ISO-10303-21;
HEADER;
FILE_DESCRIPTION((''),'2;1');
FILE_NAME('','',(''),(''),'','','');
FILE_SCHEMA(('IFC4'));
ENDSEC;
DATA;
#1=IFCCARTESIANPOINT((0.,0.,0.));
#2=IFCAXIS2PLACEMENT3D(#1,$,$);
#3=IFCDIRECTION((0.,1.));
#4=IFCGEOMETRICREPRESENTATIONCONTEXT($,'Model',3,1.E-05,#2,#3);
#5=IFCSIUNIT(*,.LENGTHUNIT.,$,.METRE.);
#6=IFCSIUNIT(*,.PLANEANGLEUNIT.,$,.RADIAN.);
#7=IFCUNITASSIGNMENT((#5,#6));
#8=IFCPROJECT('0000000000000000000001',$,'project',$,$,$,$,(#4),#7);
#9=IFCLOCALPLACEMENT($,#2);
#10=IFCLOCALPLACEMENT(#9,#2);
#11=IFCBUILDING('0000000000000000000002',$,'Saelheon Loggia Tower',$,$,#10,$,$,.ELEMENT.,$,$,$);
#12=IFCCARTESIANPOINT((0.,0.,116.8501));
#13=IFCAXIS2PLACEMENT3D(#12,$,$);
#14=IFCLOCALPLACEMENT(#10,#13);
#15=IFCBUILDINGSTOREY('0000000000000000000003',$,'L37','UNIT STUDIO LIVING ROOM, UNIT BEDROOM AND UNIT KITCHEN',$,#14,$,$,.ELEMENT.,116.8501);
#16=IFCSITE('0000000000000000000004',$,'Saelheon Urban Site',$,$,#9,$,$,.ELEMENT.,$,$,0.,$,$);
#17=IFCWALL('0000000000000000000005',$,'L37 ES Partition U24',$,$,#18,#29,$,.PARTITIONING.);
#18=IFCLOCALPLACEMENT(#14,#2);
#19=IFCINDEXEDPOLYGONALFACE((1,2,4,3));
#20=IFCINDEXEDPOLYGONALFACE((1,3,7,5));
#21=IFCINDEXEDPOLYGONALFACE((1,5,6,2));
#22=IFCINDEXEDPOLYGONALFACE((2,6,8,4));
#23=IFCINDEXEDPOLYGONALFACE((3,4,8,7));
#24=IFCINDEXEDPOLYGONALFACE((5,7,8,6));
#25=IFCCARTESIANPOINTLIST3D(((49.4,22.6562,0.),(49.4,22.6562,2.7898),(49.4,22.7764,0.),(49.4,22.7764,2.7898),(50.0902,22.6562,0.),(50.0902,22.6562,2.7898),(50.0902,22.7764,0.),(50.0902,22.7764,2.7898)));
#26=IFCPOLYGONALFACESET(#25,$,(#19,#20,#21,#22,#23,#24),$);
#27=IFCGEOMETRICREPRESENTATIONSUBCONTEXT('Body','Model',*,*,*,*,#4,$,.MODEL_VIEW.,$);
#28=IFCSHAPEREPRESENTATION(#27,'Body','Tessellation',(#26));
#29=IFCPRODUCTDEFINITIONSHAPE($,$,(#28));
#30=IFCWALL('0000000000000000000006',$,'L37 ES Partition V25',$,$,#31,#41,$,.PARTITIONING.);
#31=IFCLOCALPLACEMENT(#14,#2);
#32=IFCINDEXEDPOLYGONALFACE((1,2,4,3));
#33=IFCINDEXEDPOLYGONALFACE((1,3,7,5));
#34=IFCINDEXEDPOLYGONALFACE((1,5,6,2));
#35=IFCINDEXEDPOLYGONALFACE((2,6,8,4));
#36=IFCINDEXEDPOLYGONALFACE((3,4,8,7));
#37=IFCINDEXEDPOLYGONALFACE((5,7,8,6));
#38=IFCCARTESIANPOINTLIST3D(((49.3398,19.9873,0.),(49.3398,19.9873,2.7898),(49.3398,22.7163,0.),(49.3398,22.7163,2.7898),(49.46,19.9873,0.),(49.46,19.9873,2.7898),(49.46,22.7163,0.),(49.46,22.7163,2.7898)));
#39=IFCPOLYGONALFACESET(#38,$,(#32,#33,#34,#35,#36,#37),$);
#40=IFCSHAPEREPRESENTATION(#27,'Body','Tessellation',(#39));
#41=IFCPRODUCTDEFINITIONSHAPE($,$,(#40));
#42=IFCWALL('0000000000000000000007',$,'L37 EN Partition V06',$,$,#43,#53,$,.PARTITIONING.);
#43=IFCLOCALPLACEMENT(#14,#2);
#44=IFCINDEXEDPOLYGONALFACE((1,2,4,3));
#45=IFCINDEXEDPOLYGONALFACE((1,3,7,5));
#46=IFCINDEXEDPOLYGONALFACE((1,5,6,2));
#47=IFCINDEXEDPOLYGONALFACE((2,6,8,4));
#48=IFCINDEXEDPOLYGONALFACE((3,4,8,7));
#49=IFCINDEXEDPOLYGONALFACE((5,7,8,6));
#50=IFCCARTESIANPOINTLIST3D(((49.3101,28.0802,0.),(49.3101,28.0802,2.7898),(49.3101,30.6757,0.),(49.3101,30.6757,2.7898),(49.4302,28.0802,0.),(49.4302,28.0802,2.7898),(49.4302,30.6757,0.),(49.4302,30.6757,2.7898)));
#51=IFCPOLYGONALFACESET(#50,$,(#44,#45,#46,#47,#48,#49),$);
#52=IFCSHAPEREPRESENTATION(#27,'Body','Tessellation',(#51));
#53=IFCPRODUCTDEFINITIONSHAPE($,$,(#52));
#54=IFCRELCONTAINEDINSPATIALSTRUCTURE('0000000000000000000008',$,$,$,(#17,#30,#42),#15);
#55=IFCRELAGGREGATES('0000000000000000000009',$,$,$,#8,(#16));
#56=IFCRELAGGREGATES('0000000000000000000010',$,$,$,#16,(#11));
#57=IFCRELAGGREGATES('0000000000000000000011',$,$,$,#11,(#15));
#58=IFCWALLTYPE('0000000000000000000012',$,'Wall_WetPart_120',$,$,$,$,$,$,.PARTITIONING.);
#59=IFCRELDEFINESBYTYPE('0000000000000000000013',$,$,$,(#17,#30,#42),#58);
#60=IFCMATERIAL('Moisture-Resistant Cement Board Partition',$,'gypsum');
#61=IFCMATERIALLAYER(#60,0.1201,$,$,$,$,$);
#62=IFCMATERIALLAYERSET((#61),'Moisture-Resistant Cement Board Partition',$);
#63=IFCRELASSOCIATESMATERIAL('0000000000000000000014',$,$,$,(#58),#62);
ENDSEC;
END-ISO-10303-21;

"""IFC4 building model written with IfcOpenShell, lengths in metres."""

from ifc_helpers import new_model, si_unit, direction, frame, frame_2d, origin, place, context, subcontext, project, spatial, rectangle, extrude, material, layer, layer_set, type_object, element, save


model = new_model("IFC4")

# Units and contexts
model_context = context("Model", 3, precision=1e-05, world=origin(), true_north=direction((0.0, 1.0)))
body_context = subcontext(model_context, "Body", "Model", "MODEL_VIEW")
ifc_project = project(units=[si_unit("LENGTHUNIT", "METRE"), si_unit("PLANEANGLEUNIT", "RADIAN")], contexts=[model_context])

# Site, building, storey
site_placement = place(None, origin())
site = spatial("IfcSite", under=ifc_project, at=site_placement, Name="Saelheon Urban Site", CompositionType="ELEMENT", RefElevation=0.0)
building_placement = place(site_placement, origin())
building = spatial("IfcBuilding", under=site, at=building_placement, Name="Saelheon Loggia Tower", CompositionType="ELEMENT")
storey_placement = place(building_placement, frame((0.0, 0.0, 116.8501)))
storey = spatial("IfcBuildingStorey", under=building, at=storey_placement, Name="L37", Description="UNIT STUDIO LIVING ROOM, UNIT BEDROOM AND UNIT KITCHEN", CompositionType="ELEMENT", Elevation=116.8501)

# Shared definitions
ifc_material_1 = material(Name="Moisture-Resistant Cement Board Partition", Category="gypsum")
ifc_layer_1 = layer(ifc_material_1, 0.1201)
ifc_layer_set_1 = layer_set([ifc_layer_1], Name="Moisture-Resistant Cement Board Partition")
wall_type_1 = type_object("IfcWallType", Name="Wall_WetPart_120", PredefinedType="PARTITIONING", material=ifc_layer_set_1)

# Walls
wall_1_placement = place(storey_placement, frame((49.3999, 22.7163, 0.0), z_axis=(0.0, 0.0, 1.0), x_axis=(1.0, 0.0, 0.0)))
element("IfcWall", 1, at=wall_1_placement, inside=storey, type_object=wall_type_1, Name="L37 ES Partition U24", PredefinedType="PARTITIONING", context=body_context, shape_type="SweptSolid", body=[
    extrude(rectangle(XDim=0.6902, YDim=0.1201, at=frame_2d((0.3452, 0.0))), origin(), (0.0, 0.0, 1.0), 2.7898),
])
wall_2_placement = place(storey_placement, frame((49.3999, 19.9873, 0.0), z_axis=(0.0, 0.0, 1.0), x_axis=(0.0, 1.0, 0.0)))
element("IfcWall", 2, at=wall_2_placement, inside=storey, type_object=wall_type_1, Name="L37 ES Partition V25", PredefinedType="PARTITIONING", context=body_context, shape_type="SweptSolid", body=[
    extrude(rectangle(XDim=2.729, YDim=0.1201, at=frame_2d((1.3645, 0.0))), origin(), (0.0, 0.0, 1.0), 2.7898),
])
wall_3_placement = place(storey_placement, frame((49.3701, 28.0801, 0.0), z_axis=(0.0, 0.0, 1.0), x_axis=(0.0, 1.0, 0.0)))
element("IfcWall", 3, at=wall_3_placement, inside=storey, type_object=wall_type_1, Name="L37 EN Partition V06", PredefinedType="PARTITIONING", context=body_context, shape_type="SweptSolid", body=[
    extrude(rectangle(XDim=2.5955, YDim=0.1201, at=frame_2d((1.2979, 0.0))), origin(), (0.0, 0.0, 1.0), 2.7898),
])

save(model, "model.ifc")
